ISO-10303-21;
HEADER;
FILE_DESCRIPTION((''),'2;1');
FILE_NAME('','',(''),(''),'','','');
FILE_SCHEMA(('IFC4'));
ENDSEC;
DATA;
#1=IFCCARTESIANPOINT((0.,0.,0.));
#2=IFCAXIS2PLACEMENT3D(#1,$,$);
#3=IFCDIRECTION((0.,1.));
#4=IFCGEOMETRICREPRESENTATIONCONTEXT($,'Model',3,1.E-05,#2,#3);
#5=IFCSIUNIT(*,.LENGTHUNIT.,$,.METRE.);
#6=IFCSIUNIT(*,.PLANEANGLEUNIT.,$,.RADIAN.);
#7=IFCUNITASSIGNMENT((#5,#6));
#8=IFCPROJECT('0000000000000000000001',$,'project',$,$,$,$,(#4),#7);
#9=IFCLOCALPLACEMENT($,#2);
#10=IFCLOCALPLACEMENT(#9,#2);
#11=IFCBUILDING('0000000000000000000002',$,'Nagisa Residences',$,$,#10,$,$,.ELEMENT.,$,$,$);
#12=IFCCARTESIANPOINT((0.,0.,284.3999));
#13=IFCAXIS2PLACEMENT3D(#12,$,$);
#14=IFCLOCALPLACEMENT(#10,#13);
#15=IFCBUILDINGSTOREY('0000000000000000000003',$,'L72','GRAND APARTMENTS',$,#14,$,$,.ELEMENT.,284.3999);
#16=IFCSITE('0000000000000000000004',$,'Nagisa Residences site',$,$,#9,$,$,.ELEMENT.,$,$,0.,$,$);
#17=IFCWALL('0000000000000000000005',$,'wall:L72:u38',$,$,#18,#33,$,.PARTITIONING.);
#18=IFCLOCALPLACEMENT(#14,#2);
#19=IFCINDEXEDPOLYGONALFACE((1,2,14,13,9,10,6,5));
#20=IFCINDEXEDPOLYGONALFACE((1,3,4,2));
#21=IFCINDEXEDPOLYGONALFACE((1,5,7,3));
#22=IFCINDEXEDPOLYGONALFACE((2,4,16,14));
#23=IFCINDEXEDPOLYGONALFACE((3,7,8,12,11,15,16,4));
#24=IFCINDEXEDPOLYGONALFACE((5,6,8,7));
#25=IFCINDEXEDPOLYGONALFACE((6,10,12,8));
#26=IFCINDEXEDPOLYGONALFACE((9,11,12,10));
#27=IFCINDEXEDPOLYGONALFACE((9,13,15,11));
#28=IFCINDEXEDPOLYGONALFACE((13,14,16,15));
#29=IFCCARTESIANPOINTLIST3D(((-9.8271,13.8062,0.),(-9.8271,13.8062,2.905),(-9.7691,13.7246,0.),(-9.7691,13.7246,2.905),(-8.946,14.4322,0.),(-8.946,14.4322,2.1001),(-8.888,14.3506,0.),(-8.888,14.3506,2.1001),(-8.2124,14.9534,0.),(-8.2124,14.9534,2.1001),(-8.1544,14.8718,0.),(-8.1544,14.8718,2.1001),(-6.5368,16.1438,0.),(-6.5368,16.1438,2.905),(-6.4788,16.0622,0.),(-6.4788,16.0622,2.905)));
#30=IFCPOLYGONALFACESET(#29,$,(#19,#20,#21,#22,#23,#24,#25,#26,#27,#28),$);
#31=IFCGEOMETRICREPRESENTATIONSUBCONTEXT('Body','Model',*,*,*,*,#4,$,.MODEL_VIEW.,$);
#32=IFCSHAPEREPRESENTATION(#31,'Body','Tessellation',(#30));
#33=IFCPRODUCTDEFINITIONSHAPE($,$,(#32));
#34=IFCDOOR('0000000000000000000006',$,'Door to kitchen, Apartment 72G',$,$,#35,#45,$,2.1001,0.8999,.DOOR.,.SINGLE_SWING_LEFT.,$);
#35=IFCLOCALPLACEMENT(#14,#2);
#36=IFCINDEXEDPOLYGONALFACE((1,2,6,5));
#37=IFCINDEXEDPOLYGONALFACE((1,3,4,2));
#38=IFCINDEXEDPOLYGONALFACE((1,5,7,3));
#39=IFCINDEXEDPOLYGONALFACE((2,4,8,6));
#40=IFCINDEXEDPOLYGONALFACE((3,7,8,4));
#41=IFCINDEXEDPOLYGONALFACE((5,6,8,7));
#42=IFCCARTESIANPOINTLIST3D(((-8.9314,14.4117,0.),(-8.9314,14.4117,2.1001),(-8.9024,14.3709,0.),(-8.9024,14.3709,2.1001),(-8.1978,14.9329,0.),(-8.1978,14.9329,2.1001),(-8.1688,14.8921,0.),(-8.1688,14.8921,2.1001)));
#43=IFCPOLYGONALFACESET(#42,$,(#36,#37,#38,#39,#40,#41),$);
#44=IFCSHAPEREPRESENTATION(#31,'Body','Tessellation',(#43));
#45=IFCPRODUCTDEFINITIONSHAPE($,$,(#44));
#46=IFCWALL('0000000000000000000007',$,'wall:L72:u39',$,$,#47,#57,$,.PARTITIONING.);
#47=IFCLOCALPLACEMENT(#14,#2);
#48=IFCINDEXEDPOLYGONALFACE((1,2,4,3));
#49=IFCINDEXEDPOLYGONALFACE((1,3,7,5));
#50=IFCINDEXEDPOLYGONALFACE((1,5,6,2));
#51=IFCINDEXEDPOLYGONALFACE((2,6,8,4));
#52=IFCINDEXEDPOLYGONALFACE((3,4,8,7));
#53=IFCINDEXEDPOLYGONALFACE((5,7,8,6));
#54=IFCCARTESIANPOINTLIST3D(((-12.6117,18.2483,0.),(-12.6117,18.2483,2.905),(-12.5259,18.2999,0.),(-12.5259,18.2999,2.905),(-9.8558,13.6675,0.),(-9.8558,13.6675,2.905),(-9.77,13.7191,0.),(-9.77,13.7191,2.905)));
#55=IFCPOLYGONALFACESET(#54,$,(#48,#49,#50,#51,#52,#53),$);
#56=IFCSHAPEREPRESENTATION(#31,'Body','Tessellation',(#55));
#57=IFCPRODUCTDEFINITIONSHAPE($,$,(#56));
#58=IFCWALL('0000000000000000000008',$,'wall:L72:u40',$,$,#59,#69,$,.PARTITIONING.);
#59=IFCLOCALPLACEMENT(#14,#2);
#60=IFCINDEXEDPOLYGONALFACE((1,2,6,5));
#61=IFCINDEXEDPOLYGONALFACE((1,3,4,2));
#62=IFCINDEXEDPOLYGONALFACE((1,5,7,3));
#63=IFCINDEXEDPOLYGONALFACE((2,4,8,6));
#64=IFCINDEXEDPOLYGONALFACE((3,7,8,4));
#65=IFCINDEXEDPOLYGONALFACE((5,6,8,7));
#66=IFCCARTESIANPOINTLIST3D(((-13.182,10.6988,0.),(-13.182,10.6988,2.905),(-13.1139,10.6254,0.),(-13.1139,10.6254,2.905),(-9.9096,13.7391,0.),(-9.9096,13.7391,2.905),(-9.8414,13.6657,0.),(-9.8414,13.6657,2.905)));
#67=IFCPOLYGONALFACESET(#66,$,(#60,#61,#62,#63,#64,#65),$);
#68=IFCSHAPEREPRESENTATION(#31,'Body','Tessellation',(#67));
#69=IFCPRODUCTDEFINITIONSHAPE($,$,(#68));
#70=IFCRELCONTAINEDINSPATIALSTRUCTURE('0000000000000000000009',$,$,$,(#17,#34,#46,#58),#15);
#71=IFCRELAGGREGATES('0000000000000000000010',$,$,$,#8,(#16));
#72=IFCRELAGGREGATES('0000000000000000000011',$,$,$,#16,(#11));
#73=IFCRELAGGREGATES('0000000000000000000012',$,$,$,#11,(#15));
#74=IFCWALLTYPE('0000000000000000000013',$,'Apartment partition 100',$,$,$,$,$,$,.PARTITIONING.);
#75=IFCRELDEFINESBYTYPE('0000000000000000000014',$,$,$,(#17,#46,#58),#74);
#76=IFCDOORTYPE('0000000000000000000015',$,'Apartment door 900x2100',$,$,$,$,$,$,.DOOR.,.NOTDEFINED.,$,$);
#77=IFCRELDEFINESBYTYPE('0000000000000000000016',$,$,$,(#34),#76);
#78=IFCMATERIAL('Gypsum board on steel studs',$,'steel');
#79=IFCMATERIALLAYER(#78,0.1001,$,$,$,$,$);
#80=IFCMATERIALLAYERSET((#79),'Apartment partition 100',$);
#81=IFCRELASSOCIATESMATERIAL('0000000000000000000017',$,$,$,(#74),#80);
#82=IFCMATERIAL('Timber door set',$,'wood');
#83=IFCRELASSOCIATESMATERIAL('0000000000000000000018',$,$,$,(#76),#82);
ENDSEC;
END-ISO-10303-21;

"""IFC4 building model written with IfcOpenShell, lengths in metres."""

from ifc_helpers import new_model, si_unit, direction, frame, frame_2d, origin, place, context, subcontext, project, spatial, rectangle, extrude, material, layer, layer_set, type_object, element, fill, save


model = new_model("IFC4")

# Units and contexts
model_context = context("Model", 3, precision=1e-05, world=origin(), true_north=direction((0.0, 1.0)))
body_context = subcontext(model_context, "Body", "Model", "MODEL_VIEW")
ifc_project = project(units=[si_unit("LENGTHUNIT", "METRE"), si_unit("PLANEANGLEUNIT", "RADIAN")], contexts=[model_context])

# Site, building, storey
site_placement = place(None, origin())
site = spatial("IfcSite", under=ifc_project, at=site_placement, Name="Nagisa Residences site", CompositionType="ELEMENT", RefElevation=0.0)
building_placement = place(site_placement, origin())
building = spatial("IfcBuilding", under=site, at=building_placement, Name="Nagisa Residences", CompositionType="ELEMENT")
storey_placement = place(building_placement, frame((0.0, 0.0, 284.3999)))
storey = spatial("IfcBuildingStorey", under=building, at=storey_placement, Name="L72", Description="GRAND APARTMENTS", CompositionType="ELEMENT", Elevation=284.3999)

# Wall, opening, door
ifc_material_1 = material(Name="Gypsum board on steel studs", Category="steel")
ifc_layer_1 = layer(ifc_material_1, 0.1001)
ifc_layer_set_1 = layer_set([ifc_layer_1], Name="Apartment partition 100")
wall_type_1 = type_object("IfcWallType", Name="Apartment partition 100", PredefinedType="PARTITIONING", material=ifc_layer_set_1)
ifc_material_2 = material(Name="Timber door set", Category="wood")
door_type_1 = type_object("IfcDoorType", Name="Apartment door 900x2100", OperationType="NOTDEFINED", PredefinedType="DOOR", material=ifc_material_2)
wall_1_placement = place(storey_placement, frame((-6.5078, 16.103, 0.0), z_axis=(0.0, 0.0, 1.0), x_axis=(-0.815202, -0.579176, 0.0)))
wall_1 = element("IfcWall", 1, at=wall_1_placement, inside=storey, type_object=wall_type_1, Name="wall:L72:u38", PredefinedType="PARTITIONING", context=body_context, shape_type="SweptSolid", body=[
    extrude(rectangle(XDim=4.0361, YDim=0.1001, at=frame_2d((2.0181, 0.0))), origin(), (0.0, 0.0, 1.0), 2.905),
])
opening_1_placement = place(wall_1_placement, frame((2.0554, 0.0, 0.0)))
opening_1 = element("IfcOpeningElement", 2, at=opening_1_placement, cuts=wall_1, PredefinedType="OPENING", context=body_context, shape_type="SweptSolid", body=[
    extrude(rectangle(XDim=0.8999, YDim=2.1001, at=frame_2d((0.45, 1.05))), frame((0.0, 0.0601, 0.0), z_axis=(0.0, -1.0, 0.0), x_axis=(1.0, 0.0, 0.0)), (0.0, 0.0, 1.0), 0.1201),
])
door_1_placement = place(opening_1_placement, frame((0.8999, 0.0, 0.0), x_axis=(-1.0, 0.0, 0.0)))
door_1 = element("IfcDoor", 3, at=door_1_placement, inside=storey, type_object=door_type_1, Name="Door to kitchen, Apartment 72G", OperationType="SINGLE_SWING_LEFT", OverallHeight=2.1001, OverallWidth=0.8999, PredefinedType="DOOR", context=body_context, shape_type="SweptSolid", body=[
    extrude(rectangle(XDim=0.8999, YDim=2.1001, at=frame_2d((0.45, 1.05))), frame((0.0, 0.0249, 0.0), z_axis=(0.0, -1.0, 0.0), x_axis=(1.0, 0.0, 0.0)), (0.0, 0.0, 1.0), 0.05),
])
fill(opening_1, door_1)

# Walls
wall_2_placement = place(storey_placement, frame((-9.813, 13.6934, 0.0), z_axis=(0.0, 0.0, 1.0), x_axis=(-0.51551, 0.856884, 0.0)))
element("IfcWall", 4, at=wall_2_placement, inside=storey, type_object=wall_type_1, Name="wall:L72:u39", PredefinedType="PARTITIONING", context=body_context, shape_type="SweptSolid", body=[
    extrude(rectangle(XDim=5.3459, YDim=0.1001, at=frame_2d((2.6729, 0.0))), origin(), (0.0, 0.0, 1.0), 2.905),
])
wall_3_placement = place(storey_placement, frame((-9.8755, 13.7024, 0.0), z_axis=(0.0, 0.0, 1.0), x_axis=(-0.732618, -0.68064, 0.0)))
element("IfcWall", 5, at=wall_3_placement, inside=storey, type_object=wall_type_1, Name="wall:L72:u40", PredefinedType="PARTITIONING", context=body_context, shape_type="SweptSolid", body=[
    extrude(rectangle(XDim=4.4668, YDim=0.1001, at=frame_2d((2.2334, 0.0))), origin(), (0.0, 0.0, 1.0), 2.905),
])

save(model, "model.ifc")
